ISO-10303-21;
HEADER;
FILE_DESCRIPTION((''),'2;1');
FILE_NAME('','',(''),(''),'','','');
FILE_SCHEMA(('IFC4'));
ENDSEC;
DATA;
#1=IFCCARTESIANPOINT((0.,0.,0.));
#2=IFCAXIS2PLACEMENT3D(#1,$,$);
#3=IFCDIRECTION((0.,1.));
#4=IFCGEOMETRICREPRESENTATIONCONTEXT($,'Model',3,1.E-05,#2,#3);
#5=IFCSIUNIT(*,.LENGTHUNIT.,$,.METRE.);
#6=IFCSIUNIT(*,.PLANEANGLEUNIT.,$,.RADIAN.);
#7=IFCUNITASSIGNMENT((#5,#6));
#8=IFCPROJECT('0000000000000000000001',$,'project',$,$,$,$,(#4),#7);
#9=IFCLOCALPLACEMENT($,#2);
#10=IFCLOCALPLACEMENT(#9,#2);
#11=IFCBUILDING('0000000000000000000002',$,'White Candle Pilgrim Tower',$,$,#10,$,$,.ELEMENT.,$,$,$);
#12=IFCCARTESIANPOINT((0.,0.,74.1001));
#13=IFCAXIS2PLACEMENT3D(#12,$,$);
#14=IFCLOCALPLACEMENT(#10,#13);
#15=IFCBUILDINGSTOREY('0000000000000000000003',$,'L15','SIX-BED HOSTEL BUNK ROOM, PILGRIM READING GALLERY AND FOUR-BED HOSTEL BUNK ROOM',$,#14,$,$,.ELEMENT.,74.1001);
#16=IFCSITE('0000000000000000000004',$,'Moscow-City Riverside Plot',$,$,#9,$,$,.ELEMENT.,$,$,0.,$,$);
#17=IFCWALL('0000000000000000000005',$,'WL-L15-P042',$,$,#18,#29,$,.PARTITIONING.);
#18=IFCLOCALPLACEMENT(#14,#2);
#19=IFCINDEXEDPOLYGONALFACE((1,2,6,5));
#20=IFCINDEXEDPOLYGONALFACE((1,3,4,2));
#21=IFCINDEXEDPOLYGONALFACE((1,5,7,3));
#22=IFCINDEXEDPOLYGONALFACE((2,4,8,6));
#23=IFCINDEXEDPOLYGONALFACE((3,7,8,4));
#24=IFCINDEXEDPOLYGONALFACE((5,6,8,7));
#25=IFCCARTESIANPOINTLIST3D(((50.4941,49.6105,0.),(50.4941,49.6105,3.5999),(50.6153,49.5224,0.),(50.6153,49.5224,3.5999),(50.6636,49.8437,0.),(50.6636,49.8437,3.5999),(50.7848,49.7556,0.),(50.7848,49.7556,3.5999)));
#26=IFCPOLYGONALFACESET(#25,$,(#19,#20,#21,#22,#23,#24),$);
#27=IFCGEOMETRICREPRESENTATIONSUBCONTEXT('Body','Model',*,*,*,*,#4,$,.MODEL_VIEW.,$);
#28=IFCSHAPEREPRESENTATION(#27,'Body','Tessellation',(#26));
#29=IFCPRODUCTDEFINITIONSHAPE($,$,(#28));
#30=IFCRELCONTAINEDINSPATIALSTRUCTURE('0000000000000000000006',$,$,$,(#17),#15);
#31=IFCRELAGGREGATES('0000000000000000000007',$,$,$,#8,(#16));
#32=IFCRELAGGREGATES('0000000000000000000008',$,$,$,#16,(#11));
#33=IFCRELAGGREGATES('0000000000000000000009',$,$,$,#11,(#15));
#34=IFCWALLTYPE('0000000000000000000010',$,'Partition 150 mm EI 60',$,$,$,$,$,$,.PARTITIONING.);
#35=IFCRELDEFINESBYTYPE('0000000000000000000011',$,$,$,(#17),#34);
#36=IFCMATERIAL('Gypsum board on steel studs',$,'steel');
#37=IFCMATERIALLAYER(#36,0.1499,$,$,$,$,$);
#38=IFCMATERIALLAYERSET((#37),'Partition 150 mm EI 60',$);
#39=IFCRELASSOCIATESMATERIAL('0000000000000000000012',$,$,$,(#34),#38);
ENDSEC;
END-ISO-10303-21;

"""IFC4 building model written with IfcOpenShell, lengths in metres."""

from ifc_helpers import new_model, si_unit, direction, frame, frame_2d, origin, place, context, subcontext, project, spatial, rectangle, extrude, material, layer, layer_set, type_object, element, save


model = new_model("IFC4")

# Units and contexts
model_context = context("Model", 3, precision=1e-05, world=origin(), true_north=direction((0.0, 1.0)))
body_context = subcontext(model_context, "Body", "Model", "MODEL_VIEW")
ifc_project = project(units=[si_unit("LENGTHUNIT", "METRE"), si_unit("PLANEANGLEUNIT", "RADIAN")], contexts=[model_context])

# Site, building, storey
site_placement = place(None, origin())
site = spatial("IfcSite", under=ifc_project, at=site_placement, Name="Moscow-City Riverside Plot", CompositionType="ELEMENT", RefElevation=0.0)
building_placement = place(site_placement, origin())
building = spatial("IfcBuilding", under=site, at=building_placement, Name="White Candle Pilgrim Tower", CompositionType="ELEMENT")
storey_placement = place(building_placement, frame((0.0, 0.0, 74.1001)))
storey = spatial("IfcBuildingStorey", under=building, at=storey_placement, Name="L15", Description="SIX-BED HOSTEL BUNK ROOM, PILGRIM READING GALLERY AND FOUR-BED HOSTEL BUNK ROOM", CompositionType="ELEMENT", Elevation=74.1001)

# Shared definitions
ifc_material_1 = material(Name="Gypsum board on steel studs", Category="steel")

# Wall
ifc_layer_1 = layer(ifc_material_1, 0.1499)
ifc_layer_set_1 = layer_set([ifc_layer_1], Name="Partition 150 mm EI 60")
wall_type_1 = type_object("IfcWallType", Name="Partition 150 mm EI 60", PredefinedType="PARTITIONING", material=ifc_layer_set_1)
wall_1_placement = place(storey_placement, frame((50.7241, 49.7996, 0.0), z_axis=(0.0, 0.0, 1.0), x_axis=(-0.587869, -0.808956, 0.0)))
element("IfcWall", 1, at=wall_1_placement, inside=storey, type_object=wall_type_1, Name="WL-L15-P042", PredefinedType="PARTITIONING", context=body_context, shape_type="SweptSolid", body=[
    extrude(rectangle(XDim=0.2883, YDim=0.1499, at=frame_2d((0.144, 0.0))), origin(), (0.0, 0.0, 1.0), 3.5999),
])

save(model, "model.ifc")
